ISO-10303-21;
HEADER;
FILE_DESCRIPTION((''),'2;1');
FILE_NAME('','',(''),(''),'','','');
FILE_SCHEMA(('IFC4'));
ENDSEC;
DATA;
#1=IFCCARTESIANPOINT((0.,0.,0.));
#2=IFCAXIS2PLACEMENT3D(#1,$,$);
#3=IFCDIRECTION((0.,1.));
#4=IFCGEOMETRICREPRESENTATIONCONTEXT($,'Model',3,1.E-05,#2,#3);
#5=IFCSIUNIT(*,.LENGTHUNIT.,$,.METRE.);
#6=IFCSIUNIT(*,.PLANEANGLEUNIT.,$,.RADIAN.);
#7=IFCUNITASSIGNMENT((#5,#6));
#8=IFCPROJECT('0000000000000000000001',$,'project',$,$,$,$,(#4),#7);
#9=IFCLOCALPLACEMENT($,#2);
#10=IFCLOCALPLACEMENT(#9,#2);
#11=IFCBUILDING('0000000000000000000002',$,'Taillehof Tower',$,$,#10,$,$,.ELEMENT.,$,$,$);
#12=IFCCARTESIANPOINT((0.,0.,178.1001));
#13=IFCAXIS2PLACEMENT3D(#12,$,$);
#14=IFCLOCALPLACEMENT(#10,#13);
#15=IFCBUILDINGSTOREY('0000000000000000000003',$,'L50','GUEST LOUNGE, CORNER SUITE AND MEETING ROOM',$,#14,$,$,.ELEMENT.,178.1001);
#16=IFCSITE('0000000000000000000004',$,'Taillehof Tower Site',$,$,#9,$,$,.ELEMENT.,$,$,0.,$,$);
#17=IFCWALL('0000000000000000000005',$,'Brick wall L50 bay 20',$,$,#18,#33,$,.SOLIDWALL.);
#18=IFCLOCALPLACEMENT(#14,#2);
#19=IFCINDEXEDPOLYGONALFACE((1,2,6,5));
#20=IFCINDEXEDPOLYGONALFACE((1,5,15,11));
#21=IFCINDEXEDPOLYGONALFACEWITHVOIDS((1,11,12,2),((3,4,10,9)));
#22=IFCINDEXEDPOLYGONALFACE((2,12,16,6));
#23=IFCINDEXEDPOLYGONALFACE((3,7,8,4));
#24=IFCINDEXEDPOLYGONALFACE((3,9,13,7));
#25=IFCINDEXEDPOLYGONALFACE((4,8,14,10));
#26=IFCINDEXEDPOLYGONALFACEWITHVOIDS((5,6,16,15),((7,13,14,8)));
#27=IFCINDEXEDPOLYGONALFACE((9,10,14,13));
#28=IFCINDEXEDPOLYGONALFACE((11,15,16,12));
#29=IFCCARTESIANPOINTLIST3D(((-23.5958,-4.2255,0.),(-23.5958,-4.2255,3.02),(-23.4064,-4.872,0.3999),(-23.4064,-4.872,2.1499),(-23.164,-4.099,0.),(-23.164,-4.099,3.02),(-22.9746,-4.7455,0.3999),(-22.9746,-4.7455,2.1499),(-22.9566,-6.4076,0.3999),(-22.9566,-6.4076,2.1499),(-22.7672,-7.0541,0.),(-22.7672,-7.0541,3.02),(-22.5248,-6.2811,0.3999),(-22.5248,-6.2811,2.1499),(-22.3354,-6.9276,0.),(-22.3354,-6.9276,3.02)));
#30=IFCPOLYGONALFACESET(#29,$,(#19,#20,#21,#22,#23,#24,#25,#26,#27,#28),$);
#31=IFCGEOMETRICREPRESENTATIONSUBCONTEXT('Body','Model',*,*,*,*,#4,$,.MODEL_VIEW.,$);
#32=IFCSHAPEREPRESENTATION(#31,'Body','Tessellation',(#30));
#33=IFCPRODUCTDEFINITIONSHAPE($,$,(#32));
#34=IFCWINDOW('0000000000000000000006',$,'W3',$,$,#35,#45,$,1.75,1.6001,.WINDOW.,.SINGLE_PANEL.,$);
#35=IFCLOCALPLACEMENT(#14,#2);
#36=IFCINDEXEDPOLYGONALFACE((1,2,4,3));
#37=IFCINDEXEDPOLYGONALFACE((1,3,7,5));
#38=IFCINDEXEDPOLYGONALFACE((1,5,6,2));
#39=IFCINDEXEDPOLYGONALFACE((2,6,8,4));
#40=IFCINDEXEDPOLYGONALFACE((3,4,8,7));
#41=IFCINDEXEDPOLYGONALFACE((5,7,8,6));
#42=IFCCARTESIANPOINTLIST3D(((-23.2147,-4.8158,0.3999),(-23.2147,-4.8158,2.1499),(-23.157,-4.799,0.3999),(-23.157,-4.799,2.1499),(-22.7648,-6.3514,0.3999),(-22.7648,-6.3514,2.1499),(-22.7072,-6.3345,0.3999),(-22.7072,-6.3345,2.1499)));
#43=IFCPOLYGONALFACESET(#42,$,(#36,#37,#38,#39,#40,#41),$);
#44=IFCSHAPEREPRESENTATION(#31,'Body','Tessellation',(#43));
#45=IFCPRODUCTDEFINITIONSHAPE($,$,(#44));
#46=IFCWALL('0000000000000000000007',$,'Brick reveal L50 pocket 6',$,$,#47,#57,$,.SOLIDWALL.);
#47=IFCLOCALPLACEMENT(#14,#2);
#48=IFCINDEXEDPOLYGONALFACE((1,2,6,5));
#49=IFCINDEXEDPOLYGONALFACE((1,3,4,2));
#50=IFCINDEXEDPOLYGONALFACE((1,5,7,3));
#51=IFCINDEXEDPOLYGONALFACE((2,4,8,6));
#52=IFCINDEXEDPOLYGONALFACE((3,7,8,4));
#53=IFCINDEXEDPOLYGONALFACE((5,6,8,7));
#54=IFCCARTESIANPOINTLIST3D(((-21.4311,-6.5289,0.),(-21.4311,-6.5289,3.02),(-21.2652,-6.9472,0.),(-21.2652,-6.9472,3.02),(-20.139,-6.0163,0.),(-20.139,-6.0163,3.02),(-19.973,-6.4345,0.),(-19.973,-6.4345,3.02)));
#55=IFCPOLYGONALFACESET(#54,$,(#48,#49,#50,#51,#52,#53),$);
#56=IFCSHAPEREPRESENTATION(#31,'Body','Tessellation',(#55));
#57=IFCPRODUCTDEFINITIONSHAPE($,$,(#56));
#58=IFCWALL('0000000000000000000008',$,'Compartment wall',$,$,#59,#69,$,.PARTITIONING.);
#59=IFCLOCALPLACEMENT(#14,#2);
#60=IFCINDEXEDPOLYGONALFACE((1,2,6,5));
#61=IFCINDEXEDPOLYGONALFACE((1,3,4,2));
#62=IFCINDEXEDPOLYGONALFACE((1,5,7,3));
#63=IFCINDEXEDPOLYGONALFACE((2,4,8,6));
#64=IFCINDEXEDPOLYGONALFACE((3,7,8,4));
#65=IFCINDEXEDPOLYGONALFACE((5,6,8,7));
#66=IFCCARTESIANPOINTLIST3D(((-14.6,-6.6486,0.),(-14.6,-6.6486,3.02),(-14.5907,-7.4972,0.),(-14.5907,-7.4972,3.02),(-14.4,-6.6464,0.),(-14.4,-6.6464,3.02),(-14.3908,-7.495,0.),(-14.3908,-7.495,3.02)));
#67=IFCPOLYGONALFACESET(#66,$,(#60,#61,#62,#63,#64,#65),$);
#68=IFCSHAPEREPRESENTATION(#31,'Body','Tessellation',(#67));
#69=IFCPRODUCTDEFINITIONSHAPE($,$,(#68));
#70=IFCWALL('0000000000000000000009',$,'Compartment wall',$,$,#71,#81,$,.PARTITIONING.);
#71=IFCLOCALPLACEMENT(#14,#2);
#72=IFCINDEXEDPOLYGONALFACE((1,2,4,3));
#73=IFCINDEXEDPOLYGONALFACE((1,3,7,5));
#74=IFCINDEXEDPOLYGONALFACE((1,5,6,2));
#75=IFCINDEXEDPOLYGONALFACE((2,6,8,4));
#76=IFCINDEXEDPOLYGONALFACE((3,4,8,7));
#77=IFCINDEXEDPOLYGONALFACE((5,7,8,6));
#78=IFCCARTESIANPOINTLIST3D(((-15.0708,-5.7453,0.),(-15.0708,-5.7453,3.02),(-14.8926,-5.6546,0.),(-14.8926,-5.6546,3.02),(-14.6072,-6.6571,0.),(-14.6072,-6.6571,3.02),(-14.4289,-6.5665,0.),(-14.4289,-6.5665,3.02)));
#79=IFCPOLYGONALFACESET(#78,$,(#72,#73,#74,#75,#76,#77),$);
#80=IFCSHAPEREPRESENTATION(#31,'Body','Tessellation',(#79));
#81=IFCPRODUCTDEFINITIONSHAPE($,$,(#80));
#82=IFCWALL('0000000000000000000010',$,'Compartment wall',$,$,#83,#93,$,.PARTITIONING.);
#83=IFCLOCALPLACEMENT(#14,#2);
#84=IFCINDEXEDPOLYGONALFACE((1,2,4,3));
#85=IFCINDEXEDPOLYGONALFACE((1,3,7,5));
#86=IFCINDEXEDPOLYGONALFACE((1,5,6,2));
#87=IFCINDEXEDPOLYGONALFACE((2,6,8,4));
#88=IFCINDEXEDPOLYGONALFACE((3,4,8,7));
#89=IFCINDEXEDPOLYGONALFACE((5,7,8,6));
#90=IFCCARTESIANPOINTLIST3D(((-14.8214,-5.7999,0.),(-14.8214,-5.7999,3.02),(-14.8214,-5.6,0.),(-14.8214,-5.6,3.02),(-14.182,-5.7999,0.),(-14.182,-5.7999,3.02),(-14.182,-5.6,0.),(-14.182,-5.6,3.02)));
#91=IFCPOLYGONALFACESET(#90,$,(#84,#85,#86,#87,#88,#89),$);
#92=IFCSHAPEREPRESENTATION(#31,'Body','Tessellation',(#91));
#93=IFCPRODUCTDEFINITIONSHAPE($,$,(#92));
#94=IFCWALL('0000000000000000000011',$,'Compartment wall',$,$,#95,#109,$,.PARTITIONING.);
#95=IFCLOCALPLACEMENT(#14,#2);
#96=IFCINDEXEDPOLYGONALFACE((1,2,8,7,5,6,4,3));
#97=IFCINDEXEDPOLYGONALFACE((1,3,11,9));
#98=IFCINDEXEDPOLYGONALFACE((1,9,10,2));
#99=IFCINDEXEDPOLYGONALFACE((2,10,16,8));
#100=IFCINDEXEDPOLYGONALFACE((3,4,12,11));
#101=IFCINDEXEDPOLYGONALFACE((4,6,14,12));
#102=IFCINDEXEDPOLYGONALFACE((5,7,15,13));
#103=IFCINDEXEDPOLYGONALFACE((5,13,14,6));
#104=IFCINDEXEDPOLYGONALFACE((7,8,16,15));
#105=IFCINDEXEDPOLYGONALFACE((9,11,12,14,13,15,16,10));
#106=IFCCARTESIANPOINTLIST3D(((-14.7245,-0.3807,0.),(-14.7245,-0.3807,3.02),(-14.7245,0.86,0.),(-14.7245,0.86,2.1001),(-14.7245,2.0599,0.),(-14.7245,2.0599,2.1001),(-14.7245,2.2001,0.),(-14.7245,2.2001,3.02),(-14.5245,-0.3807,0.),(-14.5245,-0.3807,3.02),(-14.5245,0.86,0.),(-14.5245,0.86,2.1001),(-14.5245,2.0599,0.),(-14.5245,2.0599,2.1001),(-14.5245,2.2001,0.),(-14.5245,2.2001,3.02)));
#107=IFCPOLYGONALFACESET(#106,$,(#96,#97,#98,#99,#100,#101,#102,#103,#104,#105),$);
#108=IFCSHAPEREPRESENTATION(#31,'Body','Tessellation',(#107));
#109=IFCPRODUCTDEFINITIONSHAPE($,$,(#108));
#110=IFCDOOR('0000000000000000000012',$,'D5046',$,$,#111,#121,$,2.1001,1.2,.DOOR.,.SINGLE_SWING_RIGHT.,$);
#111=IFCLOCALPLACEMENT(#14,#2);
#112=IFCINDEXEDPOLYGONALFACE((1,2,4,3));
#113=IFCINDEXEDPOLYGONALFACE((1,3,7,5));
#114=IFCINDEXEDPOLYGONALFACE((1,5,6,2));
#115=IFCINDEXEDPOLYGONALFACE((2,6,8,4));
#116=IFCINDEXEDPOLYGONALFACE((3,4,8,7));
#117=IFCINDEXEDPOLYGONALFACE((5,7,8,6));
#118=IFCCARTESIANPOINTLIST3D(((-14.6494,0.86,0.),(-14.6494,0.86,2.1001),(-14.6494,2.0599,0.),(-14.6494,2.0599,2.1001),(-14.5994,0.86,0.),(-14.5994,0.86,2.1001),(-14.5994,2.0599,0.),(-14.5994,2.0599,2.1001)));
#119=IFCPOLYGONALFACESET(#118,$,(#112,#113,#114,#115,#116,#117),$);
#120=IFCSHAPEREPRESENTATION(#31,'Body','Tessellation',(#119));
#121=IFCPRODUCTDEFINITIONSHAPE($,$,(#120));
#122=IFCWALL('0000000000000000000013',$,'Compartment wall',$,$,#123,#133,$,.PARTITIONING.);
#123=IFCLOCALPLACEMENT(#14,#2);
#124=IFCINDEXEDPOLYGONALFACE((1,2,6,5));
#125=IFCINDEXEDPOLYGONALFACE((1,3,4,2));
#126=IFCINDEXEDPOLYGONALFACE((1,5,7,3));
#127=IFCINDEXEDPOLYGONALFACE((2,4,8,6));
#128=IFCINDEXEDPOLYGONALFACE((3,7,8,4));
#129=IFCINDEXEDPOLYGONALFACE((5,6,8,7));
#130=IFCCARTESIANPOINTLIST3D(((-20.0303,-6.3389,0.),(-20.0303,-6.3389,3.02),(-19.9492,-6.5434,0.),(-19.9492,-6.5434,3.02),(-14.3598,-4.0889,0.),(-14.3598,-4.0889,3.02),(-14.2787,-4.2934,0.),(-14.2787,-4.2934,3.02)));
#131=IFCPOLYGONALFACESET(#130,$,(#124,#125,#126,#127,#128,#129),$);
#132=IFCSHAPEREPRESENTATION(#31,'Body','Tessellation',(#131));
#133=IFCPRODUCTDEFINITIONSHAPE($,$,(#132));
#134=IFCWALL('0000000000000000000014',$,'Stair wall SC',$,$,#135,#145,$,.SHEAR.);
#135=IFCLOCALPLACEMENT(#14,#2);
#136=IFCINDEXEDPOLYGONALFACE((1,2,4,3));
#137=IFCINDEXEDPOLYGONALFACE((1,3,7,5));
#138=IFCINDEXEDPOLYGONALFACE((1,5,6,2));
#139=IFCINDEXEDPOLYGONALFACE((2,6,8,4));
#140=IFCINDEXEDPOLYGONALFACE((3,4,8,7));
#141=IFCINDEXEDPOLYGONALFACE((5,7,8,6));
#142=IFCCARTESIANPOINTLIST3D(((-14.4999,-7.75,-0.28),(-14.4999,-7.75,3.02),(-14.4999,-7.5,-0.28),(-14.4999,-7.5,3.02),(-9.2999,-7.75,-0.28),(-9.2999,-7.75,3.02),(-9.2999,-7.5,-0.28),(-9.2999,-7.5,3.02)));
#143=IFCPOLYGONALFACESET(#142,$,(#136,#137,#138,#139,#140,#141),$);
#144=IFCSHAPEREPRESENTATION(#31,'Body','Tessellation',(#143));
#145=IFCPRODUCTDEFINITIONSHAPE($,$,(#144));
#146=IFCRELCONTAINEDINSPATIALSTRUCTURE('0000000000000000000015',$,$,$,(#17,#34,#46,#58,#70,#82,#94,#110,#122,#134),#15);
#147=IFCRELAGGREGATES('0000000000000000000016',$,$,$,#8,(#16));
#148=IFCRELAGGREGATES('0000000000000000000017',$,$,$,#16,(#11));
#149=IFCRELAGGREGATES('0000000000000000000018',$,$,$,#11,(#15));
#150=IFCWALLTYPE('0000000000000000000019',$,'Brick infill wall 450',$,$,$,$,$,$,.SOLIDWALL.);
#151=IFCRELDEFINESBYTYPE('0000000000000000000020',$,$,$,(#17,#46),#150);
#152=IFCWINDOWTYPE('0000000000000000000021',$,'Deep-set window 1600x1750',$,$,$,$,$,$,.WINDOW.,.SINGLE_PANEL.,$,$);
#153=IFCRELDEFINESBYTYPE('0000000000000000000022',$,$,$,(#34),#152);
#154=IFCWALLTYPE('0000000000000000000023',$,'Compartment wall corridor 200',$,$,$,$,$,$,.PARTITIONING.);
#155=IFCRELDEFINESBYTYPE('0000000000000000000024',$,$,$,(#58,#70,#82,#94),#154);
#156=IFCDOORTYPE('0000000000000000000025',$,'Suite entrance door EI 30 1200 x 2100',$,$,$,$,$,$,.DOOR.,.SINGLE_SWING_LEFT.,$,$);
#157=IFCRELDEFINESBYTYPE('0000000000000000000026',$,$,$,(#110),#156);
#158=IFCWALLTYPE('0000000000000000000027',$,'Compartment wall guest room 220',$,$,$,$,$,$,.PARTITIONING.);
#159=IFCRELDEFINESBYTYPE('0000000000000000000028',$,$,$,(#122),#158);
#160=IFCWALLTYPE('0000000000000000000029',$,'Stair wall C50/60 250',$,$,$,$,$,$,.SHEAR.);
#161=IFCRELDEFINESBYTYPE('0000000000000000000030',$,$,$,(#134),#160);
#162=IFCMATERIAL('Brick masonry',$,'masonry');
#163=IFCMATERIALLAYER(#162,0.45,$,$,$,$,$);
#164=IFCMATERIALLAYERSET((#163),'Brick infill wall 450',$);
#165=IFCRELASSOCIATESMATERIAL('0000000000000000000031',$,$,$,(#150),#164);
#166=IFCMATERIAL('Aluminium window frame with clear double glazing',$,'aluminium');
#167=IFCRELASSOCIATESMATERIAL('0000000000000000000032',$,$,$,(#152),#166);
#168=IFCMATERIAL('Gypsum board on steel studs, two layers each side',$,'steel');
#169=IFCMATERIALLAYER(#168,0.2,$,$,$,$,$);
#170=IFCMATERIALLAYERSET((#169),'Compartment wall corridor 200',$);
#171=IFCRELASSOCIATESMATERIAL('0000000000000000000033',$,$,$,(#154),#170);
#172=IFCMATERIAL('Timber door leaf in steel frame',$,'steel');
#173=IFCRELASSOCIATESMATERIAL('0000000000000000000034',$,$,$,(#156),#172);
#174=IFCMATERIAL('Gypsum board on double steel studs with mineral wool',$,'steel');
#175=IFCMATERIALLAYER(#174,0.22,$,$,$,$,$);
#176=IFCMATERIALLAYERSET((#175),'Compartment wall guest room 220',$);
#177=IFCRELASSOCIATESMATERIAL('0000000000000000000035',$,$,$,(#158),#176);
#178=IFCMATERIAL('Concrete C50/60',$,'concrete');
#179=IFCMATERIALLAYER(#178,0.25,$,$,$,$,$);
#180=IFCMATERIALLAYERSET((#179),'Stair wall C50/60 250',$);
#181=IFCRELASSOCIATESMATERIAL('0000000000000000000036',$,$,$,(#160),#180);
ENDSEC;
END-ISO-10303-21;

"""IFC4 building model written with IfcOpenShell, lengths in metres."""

from ifc_helpers import new_model, si_unit, direction, frame, frame_2d, origin, place, context, subcontext, project, spatial, rectangle, extrude, material, layer, layer_set, type_object, element, fill, save


model = new_model("IFC4")

# Units and contexts
model_context = context("Model", 3, precision=1e-05, world=origin(), true_north=direction((0.0, 1.0)))
body_context = subcontext(model_context, "Body", "Model", "MODEL_VIEW")
ifc_project = project(units=[si_unit("LENGTHUNIT", "METRE"), si_unit("PLANEANGLEUNIT", "RADIAN")], contexts=[model_context])

# Site, building, storey
site_placement = place(None, origin())
site = spatial("IfcSite", under=ifc_project, at=site_placement, Name="Taillehof Tower Site", CompositionType="ELEMENT", RefElevation=0.0)
building_placement = place(site_placement, origin())
building = spatial("IfcBuilding", under=site, at=building_placement, Name="Taillehof Tower", CompositionType="ELEMENT")
storey_placement = place(building_placement, frame((0.0, 0.0, 178.1001)))
storey = spatial("IfcBuildingStorey", under=building, at=storey_placement, Name="L50", Description="GUEST LOUNGE, CORNER SUITE AND MEETING ROOM", CompositionType="ELEMENT", Elevation=178.1001)

# Wall, opening, window
ifc_material_1 = material(Name="Brick masonry", Category="masonry")
ifc_layer_1 = layer(ifc_material_1, 0.45)
ifc_layer_set_1 = layer_set([ifc_layer_1], Name="Brick infill wall 450")
wall_type_1 = type_object("IfcWallType", Name="Brick infill wall 450", PredefinedType="SOLIDWALL", material=ifc_layer_set_1)
ifc_material_2 = material(Name="Aluminium window frame with clear double glazing", Category="aluminium")
window_type_1 = type_object("IfcWindowType", Name="Deep-set window 1600x1750", PartitioningType="SINGLE_PANEL", PredefinedType="WINDOW", material=ifc_material_2)
wall_1_placement = place(storey_placement, frame((-23.3799, -4.1624, 0.0), z_axis=(0.0, 0.0, 1.0), x_axis=(0.281126, -0.959671, 0.0)))
wall_1 = element("IfcWall", 1, at=wall_1_placement, inside=storey, type_object=wall_type_1, Name="Brick wall L50 bay 20", PredefinedType="SOLIDWALL", context=body_context, shape_type="SweptSolid", body=[
    extrude(rectangle(XDim=2.9475, YDim=0.45, at=frame_2d((1.4736, 0.0))), origin(), (0.0, 0.0, 1.0), 3.02),
])
opening_1_placement = place(wall_1_placement, frame((0.6736, 0.0, 0.3999)))
opening_1 = element("IfcOpeningElement", 2, at=opening_1_placement, cuts=wall_1, PredefinedType="OPENING", context=body_context, shape_type="SweptSolid", body=[
    extrude(rectangle(XDim=1.6001, YDim=1.75, at=frame_2d((0.8, 0.875))), frame((0.0, 0.2349, 0.0), z_axis=(0.0, -1.0, 0.0), x_axis=(1.0, 0.0, 0.0)), (0.0, 0.0, 1.0), 0.47),
])
window_1_placement = place(opening_1_placement, origin())
window_1 = element("IfcWindow", 3, at=window_1_placement, inside=storey, type_object=window_type_1, Name="W3", OverallHeight=1.75, OverallWidth=1.6001, PartitioningType="SINGLE_PANEL", PredefinedType="WINDOW", context=body_context, shape_type="SweptSolid", body=[
    extrude(rectangle(XDim=1.6001, YDim=1.75, at=frame_2d((0.8, 0.875))), frame((0.0, 0.0349, 0.0), z_axis=(0.0, -1.0, 0.0), x_axis=(1.0, 0.0, 0.0)), (0.0, 0.0, 1.0), 0.0601),
])
fill(opening_1, window_1)

# Wall
wall_2_placement = place(storey_placement, frame((-21.3481, -6.738, 0.0), z_axis=(0.0, 0.0, 1.0), x_axis=(0.929515, 0.368785, 0.0)))
element("IfcWall", 4, at=wall_2_placement, inside=storey, type_object=wall_type_1, Name="Brick reveal L50 pocket 6", PredefinedType="SOLIDWALL", context=body_context, shape_type="SweptSolid", body=[
    extrude(rectangle(XDim=1.3901, YDim=0.45, at=frame_2d((0.6951, 0.0))), origin(), (0.0, 0.0, 1.0), 3.02),
])

# Walls
ifc_material_3 = material(Name="Gypsum board on steel studs, two layers each side", Category="steel")
ifc_layer_2 = layer(ifc_material_3, 0.2)
ifc_layer_set_2 = layer_set([ifc_layer_2], Name="Compartment wall corridor 200")
wall_type_2 = type_object("IfcWallType", Name="Compartment wall corridor 200", PredefinedType="PARTITIONING", material=ifc_layer_set_2)
wall_3_placement = place(storey_placement, frame((-14.4907, -7.4961, 0.0), z_axis=(0.0, 0.0, 1.0), x_axis=(-0.010931, 0.99994, 0.0)))
element("IfcWall", 5, at=wall_3_placement, inside=storey, type_object=wall_type_2, Name="Compartment wall", PredefinedType="PARTITIONING", context=body_context, shape_type="SweptSolid", body=[
    extrude(rectangle(XDim=0.8486, YDim=0.2, at=frame_2d((0.4243, 0.0))), origin(), (0.0, 0.0, 1.0), 3.02),
])
wall_4_placement = place(storey_placement, frame((-14.5181, -6.6118, 0.0), z_axis=(0.0, 0.0, 1.0), x_axis=(-0.453218, 0.8914, 0.0)))
element("IfcWall", 6, at=wall_4_placement, inside=storey, type_object=wall_type_2, Name="Compartment wall", PredefinedType="PARTITIONING", context=body_context, shape_type="SweptSolid", body=[
    extrude(rectangle(XDim=1.0229, YDim=0.2, at=frame_2d((0.5115, 0.0))), origin(), (0.0, 0.0, 1.0), 3.02),
])
wall_5_placement = place(storey_placement, frame((-14.8215, -5.7, 0.0), z_axis=(0.0, 0.0, 1.0), x_axis=(1.0, 0.0, 0.0)))
element("IfcWall", 7, at=wall_5_placement, inside=storey, type_object=wall_type_2, Name="Compartment wall", PredefinedType="PARTITIONING", context=body_context, shape_type="SweptSolid", body=[
    extrude(rectangle(XDim=0.6394, YDim=0.2, at=frame_2d((0.3198, 0.0))), origin(), (0.0, 0.0, 1.0), 3.02),
])

# Wall, opening, door
wall_6_placement = place(storey_placement, frame((-14.6245, -0.3809, 0.0), z_axis=(0.0, 0.0, 1.0), x_axis=(0.0, 1.0, 0.0)))
wall_6 = element("IfcWall", 8, at=wall_6_placement, inside=storey, type_object=wall_type_2, Name="Compartment wall", PredefinedType="PARTITIONING", context=body_context, shape_type="SweptSolid", body=[
    extrude(rectangle(XDim=2.5808, YDim=0.2, at=frame_2d((1.2905, 0.0))), origin(), (0.0, 0.0, 1.0), 3.02),
])
opening_2_placement = place(wall_6_placement, frame((1.2407, 0.0, 0.0)))
opening_2 = element("IfcOpeningElement", 9, at=opening_2_placement, cuts=wall_6, PredefinedType="OPENING", context=body_context, shape_type="SweptSolid", body=[
    extrude(rectangle(XDim=1.2, YDim=2.1001, at=frame_2d((0.6001, 1.05))), frame((0.0, 0.1099, 0.0), z_axis=(0.0, -1.0, 0.0), x_axis=(1.0, 0.0, 0.0)), (0.0, 0.0, 1.0), 0.22),
])
ifc_material_4 = material(Name="Timber door leaf in steel frame", Category="steel")
door_type_1 = type_object("IfcDoorType", Name="Suite entrance door EI 30 1200 x 2100", OperationType="SINGLE_SWING_LEFT", PredefinedType="DOOR", material=ifc_material_4)
door_1_placement = place(opening_2_placement, origin())
door_1 = element("IfcDoor", 10, at=door_1_placement, inside=storey, type_object=door_type_1, Name="D5046", OperationType="SINGLE_SWING_RIGHT", OverallHeight=2.1001, OverallWidth=1.2, PredefinedType="DOOR", context=body_context, shape_type="SweptSolid", body=[
    extrude(rectangle(XDim=1.2, YDim=2.1001, at=frame_2d((0.6001, 1.05))), frame((0.0, 0.0249, 0.0), z_axis=(0.0, -1.0, 0.0), x_axis=(1.0, 0.0, 0.0)), (0.0, 0.0, 1.0), 0.05),
])
fill(opening_2, door_1)

# Walls
ifc_material_5 = material(Name="Gypsum board on double steel studs with mineral wool", Category="steel")
ifc_layer_3 = layer(ifc_material_5, 0.22)
ifc_layer_set_3 = layer_set([ifc_layer_3], Name="Compartment wall guest room 220")
wall_type_3 = type_object("IfcWallType", Name="Compartment wall guest room 220", PredefinedType="PARTITIONING", material=ifc_layer_set_3)
wall_7_placement = place(storey_placement, frame((-19.9897, -6.4412, 0.0), z_axis=(0.0, 0.0, 1.0), x_axis=(0.9295, 0.368822, 0.0)))
element("IfcWall", 11, at=wall_7_placement, inside=storey, type_object=wall_type_3, Name="Compartment wall", PredefinedType="PARTITIONING", context=body_context, shape_type="SweptSolid", body=[
    extrude(rectangle(XDim=6.1006, YDim=0.22, at=frame_2d((3.0503, 0.0))), origin(), (0.0, 0.0, 1.0), 3.02),
])
ifc_material_6 = material(Name="Concrete C50/60", Category="concrete")
ifc_layer_4 = layer(ifc_material_6, 0.25)
ifc_layer_set_4 = layer_set([ifc_layer_4], Name="Stair wall C50/60 250")
wall_type_4 = type_object("IfcWallType", Name="Stair wall C50/60 250", PredefinedType="SHEAR", material=ifc_layer_set_4)
wall_8_placement = place(storey_placement, frame((-14.5, -7.625, -0.28), z_axis=(0.0, 0.0, 1.0), x_axis=(1.0, 0.0, 0.0)))
element("IfcWall", 12, at=wall_8_placement, inside=storey, type_object=wall_type_4, Name="Stair wall SC", PredefinedType="SHEAR", context=body_context, shape_type="SweptSolid", body=[
    extrude(rectangle(XDim=5.2, YDim=0.25, at=frame_2d((2.6001, 0.0))), origin(), (0.0, 0.0, 1.0), 3.3),
])

save(model, "model.ifc")
